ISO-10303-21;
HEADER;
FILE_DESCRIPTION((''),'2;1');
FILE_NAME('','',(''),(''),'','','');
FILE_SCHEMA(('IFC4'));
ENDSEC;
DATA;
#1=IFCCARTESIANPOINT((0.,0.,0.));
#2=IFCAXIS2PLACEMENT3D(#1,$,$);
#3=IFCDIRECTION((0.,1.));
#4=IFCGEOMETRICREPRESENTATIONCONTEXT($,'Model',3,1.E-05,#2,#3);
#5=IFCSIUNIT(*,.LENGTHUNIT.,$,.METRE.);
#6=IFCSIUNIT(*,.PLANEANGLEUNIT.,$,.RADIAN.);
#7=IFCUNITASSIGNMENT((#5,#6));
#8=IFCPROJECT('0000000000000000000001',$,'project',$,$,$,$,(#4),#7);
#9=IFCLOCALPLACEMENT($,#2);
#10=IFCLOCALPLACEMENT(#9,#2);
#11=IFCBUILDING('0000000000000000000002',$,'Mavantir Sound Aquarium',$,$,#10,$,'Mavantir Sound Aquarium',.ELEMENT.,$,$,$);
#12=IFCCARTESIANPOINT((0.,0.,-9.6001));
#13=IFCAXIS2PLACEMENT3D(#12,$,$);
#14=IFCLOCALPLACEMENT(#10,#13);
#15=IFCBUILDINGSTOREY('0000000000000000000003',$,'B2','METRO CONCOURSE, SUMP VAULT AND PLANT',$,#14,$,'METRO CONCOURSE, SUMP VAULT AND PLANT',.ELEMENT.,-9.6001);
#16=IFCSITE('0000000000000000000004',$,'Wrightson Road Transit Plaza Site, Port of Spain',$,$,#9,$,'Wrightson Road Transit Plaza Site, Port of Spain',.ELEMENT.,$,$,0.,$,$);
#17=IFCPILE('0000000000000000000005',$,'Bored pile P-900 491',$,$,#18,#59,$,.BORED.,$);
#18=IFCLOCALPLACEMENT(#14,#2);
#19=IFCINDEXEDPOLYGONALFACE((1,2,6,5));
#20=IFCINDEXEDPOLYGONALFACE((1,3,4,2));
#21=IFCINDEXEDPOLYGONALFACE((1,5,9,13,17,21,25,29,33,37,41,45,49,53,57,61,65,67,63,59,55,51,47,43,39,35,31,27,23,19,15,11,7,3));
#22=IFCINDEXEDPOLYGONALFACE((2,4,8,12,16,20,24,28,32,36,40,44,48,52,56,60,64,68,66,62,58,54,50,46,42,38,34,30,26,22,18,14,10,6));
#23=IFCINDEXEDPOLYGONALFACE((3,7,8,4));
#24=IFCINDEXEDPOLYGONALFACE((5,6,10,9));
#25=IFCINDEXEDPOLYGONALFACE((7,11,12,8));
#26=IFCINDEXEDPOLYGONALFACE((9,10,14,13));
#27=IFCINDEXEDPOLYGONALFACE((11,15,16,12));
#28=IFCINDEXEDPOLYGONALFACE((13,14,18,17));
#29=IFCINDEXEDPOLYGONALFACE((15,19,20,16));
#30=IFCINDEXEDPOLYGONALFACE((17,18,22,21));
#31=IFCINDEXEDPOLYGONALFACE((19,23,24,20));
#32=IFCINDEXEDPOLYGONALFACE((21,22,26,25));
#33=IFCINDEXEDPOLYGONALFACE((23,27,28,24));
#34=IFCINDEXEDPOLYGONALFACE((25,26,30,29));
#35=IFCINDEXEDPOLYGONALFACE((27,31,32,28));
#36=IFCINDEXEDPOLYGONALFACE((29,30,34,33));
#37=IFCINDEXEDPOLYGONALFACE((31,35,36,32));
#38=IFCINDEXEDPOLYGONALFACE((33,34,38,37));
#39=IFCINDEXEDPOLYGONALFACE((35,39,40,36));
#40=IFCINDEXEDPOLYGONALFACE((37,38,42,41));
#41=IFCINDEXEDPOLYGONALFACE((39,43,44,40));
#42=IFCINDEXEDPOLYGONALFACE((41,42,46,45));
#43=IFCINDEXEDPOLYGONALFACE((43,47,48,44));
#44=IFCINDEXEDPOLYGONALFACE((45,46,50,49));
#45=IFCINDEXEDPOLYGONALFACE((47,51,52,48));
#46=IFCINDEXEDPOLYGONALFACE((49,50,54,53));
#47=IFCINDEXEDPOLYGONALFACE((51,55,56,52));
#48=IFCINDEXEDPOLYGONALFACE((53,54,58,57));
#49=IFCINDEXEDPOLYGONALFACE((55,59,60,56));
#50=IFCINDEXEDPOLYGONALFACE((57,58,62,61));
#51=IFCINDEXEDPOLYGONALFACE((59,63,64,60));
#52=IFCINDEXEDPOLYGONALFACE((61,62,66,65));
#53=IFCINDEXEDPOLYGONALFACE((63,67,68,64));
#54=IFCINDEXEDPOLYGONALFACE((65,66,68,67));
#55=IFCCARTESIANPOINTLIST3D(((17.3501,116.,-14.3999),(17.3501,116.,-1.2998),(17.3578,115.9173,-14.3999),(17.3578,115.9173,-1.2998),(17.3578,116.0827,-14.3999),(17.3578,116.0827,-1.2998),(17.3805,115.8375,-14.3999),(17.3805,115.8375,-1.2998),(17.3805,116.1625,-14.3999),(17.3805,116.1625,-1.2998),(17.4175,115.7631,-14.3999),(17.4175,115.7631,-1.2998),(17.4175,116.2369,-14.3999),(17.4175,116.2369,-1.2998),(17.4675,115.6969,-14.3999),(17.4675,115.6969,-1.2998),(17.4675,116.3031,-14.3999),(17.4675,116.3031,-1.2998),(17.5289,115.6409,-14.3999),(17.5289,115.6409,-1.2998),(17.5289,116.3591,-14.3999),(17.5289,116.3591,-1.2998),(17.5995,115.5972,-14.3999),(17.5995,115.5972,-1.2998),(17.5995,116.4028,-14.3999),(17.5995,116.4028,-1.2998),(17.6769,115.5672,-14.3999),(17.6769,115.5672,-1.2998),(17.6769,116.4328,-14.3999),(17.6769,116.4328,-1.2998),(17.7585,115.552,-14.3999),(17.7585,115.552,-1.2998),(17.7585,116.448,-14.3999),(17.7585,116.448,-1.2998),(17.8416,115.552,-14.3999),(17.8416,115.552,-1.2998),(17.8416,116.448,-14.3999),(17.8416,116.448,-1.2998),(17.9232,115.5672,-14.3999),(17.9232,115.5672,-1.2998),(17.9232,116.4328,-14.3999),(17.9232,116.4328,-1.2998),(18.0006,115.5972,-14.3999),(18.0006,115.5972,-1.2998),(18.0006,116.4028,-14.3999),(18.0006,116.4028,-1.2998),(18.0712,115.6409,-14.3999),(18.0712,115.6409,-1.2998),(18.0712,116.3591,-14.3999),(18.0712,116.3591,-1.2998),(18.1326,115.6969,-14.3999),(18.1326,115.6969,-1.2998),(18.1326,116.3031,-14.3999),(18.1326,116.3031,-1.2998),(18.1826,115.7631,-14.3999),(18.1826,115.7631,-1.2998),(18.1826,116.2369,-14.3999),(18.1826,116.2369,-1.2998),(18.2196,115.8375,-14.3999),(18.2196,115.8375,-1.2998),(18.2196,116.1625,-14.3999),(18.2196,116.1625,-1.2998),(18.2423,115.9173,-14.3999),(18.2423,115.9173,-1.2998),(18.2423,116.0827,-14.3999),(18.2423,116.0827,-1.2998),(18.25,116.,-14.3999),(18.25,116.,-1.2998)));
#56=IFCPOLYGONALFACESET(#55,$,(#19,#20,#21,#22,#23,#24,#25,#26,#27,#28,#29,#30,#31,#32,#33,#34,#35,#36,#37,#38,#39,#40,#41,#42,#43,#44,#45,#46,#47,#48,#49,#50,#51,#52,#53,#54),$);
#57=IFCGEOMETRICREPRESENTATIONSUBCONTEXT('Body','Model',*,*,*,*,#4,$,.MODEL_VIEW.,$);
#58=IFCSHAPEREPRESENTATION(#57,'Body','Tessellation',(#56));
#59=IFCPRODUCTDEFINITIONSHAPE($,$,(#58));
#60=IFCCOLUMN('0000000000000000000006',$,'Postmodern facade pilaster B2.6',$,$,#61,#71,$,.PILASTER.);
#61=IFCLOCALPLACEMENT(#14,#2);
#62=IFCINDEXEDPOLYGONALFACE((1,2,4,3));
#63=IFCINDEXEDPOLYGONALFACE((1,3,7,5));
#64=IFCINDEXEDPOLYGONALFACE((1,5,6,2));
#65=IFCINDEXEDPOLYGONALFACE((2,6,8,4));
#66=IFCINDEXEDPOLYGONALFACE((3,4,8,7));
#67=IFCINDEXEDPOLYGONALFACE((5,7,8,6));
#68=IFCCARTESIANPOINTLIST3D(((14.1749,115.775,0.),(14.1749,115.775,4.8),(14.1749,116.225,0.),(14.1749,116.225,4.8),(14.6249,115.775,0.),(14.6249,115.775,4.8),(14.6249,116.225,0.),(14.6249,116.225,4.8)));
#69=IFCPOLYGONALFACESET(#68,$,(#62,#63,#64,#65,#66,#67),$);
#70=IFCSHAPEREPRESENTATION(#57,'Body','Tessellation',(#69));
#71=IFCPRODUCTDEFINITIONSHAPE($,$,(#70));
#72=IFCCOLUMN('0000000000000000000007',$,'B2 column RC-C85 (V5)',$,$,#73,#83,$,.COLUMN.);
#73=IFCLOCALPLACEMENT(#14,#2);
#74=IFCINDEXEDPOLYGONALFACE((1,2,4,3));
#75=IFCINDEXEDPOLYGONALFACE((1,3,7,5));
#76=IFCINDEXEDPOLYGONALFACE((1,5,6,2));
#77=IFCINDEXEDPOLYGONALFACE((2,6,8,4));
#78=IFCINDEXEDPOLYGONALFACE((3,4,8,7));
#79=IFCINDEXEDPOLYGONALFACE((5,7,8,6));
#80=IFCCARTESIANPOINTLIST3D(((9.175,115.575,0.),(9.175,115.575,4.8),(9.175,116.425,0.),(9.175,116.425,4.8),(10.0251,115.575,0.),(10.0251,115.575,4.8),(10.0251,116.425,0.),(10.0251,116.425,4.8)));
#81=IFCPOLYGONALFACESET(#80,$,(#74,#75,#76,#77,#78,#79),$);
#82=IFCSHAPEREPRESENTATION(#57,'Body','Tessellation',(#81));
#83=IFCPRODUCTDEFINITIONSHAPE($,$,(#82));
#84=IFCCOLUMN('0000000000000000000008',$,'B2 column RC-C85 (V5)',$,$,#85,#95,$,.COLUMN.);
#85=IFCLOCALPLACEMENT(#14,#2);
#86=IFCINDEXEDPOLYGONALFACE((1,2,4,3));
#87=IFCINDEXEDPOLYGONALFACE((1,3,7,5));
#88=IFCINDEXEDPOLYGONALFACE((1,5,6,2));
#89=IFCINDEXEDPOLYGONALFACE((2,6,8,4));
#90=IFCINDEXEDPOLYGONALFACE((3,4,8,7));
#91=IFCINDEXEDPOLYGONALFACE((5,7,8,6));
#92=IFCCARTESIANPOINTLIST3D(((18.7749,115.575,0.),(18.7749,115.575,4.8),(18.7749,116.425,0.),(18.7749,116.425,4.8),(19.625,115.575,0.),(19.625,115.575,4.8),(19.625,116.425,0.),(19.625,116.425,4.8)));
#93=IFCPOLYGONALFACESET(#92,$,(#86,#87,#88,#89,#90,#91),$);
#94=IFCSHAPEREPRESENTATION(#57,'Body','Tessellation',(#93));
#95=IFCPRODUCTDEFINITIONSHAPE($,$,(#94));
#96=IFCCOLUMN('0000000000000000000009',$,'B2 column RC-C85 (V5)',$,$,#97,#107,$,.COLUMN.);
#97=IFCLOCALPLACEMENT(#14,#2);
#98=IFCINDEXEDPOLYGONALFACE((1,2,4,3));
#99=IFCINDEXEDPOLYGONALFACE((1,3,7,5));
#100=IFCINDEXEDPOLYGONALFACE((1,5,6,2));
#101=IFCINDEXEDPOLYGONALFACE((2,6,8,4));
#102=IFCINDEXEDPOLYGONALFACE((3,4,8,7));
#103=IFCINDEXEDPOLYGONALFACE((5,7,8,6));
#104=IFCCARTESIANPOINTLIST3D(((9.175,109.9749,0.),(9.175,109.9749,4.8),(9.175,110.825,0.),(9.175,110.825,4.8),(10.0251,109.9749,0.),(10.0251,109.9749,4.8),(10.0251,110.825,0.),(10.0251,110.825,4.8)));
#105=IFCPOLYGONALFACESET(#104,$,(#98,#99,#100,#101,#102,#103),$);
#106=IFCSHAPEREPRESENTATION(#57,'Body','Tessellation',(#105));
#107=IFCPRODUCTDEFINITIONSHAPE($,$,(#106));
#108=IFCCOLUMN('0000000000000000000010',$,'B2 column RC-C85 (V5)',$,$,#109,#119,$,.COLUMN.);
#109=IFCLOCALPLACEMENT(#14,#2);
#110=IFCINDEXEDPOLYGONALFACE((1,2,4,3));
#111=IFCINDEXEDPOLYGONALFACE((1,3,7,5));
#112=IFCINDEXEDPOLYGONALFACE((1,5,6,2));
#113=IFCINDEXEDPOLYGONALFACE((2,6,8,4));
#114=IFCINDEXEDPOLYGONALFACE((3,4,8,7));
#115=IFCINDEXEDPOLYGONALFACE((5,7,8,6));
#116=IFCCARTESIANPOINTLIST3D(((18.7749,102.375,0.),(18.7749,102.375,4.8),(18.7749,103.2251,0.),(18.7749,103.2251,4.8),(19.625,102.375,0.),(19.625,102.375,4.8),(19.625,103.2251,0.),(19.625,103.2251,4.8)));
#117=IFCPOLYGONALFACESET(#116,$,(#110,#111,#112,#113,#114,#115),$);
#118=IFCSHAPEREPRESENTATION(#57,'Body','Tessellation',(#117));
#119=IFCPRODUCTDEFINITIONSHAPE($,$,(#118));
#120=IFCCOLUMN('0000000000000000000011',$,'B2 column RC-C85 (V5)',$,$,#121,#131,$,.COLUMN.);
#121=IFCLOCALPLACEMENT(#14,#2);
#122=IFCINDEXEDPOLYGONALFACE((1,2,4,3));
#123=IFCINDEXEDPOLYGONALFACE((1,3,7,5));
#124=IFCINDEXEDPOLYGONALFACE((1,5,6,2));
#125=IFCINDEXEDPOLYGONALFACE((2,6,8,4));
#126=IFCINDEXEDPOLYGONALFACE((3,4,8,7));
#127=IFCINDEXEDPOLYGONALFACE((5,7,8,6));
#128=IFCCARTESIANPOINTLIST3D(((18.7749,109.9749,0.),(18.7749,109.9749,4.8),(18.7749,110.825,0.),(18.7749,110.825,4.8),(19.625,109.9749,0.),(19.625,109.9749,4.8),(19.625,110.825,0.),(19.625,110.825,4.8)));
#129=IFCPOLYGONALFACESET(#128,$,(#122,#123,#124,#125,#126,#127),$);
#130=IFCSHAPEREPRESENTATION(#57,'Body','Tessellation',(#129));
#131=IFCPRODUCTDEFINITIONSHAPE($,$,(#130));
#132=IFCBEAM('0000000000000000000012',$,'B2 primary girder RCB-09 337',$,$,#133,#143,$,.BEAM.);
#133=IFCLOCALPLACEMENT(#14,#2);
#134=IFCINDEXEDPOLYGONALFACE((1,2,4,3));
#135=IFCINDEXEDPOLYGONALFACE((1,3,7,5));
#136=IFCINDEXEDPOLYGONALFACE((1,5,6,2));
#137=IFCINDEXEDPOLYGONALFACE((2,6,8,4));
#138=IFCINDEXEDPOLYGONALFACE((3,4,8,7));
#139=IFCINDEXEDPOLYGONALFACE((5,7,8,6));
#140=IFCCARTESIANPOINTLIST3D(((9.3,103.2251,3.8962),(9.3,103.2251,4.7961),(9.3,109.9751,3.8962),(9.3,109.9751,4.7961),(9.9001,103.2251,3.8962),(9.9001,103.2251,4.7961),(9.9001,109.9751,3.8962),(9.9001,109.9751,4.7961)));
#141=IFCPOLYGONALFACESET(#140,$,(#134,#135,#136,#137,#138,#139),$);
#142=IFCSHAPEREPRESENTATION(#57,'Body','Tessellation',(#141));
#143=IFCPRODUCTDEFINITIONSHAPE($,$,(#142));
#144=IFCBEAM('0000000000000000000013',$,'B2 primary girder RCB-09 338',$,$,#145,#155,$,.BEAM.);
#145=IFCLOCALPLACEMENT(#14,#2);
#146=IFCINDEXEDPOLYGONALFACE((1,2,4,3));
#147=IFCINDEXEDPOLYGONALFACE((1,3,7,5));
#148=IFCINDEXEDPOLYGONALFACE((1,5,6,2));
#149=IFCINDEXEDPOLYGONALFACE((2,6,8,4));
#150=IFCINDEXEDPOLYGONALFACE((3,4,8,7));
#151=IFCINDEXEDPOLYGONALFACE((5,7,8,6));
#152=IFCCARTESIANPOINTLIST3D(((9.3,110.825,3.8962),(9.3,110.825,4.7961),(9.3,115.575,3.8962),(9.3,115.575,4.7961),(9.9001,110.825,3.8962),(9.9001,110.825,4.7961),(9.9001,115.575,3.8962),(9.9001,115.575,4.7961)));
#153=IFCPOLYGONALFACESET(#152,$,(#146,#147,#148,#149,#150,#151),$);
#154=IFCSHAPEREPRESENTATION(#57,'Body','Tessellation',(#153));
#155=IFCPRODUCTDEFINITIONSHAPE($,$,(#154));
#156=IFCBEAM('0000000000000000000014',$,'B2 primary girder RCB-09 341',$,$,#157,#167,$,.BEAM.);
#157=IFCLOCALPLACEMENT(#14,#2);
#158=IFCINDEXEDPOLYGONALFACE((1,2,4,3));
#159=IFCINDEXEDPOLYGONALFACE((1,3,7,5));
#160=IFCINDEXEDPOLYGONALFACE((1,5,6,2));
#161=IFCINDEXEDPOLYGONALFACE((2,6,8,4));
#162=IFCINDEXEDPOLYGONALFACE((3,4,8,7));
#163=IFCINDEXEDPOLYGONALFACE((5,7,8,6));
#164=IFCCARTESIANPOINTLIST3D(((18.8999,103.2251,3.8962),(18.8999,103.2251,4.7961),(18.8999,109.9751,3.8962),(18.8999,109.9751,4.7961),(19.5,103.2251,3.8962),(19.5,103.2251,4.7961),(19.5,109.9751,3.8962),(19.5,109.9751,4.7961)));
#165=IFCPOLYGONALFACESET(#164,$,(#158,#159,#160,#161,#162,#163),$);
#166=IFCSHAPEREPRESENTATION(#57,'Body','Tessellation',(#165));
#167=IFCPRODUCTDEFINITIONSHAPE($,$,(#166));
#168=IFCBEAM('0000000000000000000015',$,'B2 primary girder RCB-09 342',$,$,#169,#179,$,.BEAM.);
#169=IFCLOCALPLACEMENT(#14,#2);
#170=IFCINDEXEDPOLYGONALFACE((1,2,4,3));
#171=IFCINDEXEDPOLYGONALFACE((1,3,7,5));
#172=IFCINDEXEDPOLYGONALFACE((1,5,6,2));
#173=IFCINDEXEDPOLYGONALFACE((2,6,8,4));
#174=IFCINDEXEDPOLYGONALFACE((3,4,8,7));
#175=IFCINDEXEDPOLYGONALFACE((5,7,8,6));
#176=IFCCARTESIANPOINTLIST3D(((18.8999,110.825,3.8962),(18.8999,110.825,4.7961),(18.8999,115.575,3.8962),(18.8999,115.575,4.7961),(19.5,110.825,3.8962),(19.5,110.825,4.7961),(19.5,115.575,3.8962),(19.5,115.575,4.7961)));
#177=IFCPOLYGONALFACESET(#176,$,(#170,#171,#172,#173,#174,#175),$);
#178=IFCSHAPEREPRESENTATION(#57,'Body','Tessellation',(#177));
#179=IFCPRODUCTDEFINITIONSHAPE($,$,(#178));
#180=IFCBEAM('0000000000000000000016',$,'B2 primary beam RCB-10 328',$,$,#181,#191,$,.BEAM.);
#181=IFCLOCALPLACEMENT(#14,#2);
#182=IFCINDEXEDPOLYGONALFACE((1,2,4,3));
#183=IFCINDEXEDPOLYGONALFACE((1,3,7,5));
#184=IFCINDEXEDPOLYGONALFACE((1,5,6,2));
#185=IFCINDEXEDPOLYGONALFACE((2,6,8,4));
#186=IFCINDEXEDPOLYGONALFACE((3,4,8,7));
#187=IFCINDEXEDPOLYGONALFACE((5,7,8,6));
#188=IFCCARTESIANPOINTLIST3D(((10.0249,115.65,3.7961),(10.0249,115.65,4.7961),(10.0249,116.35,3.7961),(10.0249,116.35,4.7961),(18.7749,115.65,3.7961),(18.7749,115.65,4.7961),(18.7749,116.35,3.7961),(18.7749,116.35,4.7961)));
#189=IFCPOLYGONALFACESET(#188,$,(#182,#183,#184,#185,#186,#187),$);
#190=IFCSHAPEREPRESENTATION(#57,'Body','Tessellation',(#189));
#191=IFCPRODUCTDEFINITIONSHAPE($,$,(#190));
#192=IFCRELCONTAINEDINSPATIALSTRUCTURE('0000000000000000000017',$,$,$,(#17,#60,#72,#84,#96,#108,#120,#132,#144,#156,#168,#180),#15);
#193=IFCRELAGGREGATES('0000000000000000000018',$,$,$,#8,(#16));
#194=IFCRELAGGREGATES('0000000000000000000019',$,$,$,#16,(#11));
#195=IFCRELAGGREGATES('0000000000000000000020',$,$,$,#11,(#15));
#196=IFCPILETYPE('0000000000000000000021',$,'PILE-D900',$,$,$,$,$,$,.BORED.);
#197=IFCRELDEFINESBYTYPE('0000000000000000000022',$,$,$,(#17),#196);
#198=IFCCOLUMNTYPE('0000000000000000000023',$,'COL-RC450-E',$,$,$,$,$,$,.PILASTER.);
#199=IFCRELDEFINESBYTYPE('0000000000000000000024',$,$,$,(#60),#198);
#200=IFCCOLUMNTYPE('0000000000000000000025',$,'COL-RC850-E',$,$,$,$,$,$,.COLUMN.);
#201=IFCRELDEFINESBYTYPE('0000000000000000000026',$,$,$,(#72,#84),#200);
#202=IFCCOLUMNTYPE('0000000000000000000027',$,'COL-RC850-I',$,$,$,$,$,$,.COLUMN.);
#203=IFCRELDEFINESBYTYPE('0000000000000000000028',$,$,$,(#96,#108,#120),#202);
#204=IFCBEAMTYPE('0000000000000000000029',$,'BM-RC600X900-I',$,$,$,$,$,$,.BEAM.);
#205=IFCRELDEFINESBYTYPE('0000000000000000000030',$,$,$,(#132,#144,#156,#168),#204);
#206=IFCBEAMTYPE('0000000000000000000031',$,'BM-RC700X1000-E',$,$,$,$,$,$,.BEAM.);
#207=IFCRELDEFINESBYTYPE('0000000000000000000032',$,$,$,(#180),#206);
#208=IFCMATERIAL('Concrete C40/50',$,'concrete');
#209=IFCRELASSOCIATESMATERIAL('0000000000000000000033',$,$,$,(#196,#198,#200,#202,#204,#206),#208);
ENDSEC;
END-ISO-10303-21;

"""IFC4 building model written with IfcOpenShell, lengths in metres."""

from ifc_helpers import new_model, si_unit, direction, frame, origin, origin_2d, place, context, subcontext, project, spatial, rectangle, circle, extrude, material, material_profile, profile_set, type_object, element, save


model = new_model("IFC4")

# Units and contexts
model_context = context("Model", 3, precision=1e-05, world=origin(), true_north=direction((0.0, 1.0)))
body_context = subcontext(model_context, "Body", "Model", "MODEL_VIEW")
ifc_project = project(units=[si_unit("LENGTHUNIT", "METRE"), si_unit("PLANEANGLEUNIT", "RADIAN")], contexts=[model_context])

# Site, building, storey
site_placement = place(None, origin())
site = spatial("IfcSite", under=ifc_project, at=site_placement, Name="Wrightson Road Transit Plaza Site, Port of Spain", LongName="Wrightson Road Transit Plaza Site, Port of Spain", CompositionType="ELEMENT", RefElevation=0.0)
building_placement = place(site_placement, origin())
building = spatial("IfcBuilding", under=site, at=building_placement, Name="Mavantir Sound Aquarium", LongName="Mavantir Sound Aquarium", CompositionType="ELEMENT")
storey_placement = place(building_placement, frame((0.0, 0.0, -9.6001)))
storey = spatial("IfcBuildingStorey", under=building, at=storey_placement, Name="B2", Description="METRO CONCOURSE, SUMP VAULT AND PLANT", LongName="METRO CONCOURSE, SUMP VAULT AND PLANT", CompositionType="ELEMENT", Elevation=-9.6001)

# Shared definitions
ifc_material_1 = material(Name="Concrete C40/50", Category="concrete")

# Pile
ifc_material_profile_1 = material_profile(ifc_material_1, circle(Radius=0.45, at=origin_2d()), Name="PILE D900")
ifc_profile_set_1 = profile_set([ifc_material_profile_1], Name="Concrete C40/50")
pile_type = type_object("IfcPileType", Name="PILE-D900", PredefinedType="BORED", material=ifc_profile_set_1)
pile_1_placement = place(storey_placement, frame((17.8, 116.0, -1.2998), z_axis=(0.0, 0.0, -1.0), x_axis=(1.0, 0.0, 0.0)))
element("IfcPile", 1, at=pile_1_placement, inside=storey, type_object=pile_type, Name="Bored pile P-900 491", PredefinedType="BORED", context=body_context, shape_type="SweptSolid", body=[
    extrude(circle(Radius=0.45, at=origin_2d()), origin(), (0.0, 0.0, 1.0), 13.1001),
])

# Columns
ifc_material_profile_2 = material_profile(ifc_material_1, rectangle(XDim=0.45, YDim=0.45, at=origin_2d()), Name="RC 450X450")
ifc_profile_set_2 = profile_set([ifc_material_profile_2], Name="Concrete C40/50")
column_type_1 = type_object("IfcColumnType", Name="COL-RC450-E", PredefinedType="PILASTER", material=ifc_profile_set_2)
column_placement = place(storey_placement, frame((14.3999, 116.0, 0.0), z_axis=(0.0, 0.0, 1.0), x_axis=(1.0, 0.0, 0.0)))
element("IfcColumn", 2, at=column_placement, inside=storey, type_object=column_type_1, Name="Postmodern facade pilaster B2.6", PredefinedType="PILASTER", context=body_context, shape_type="SweptSolid", body=[
    extrude(rectangle(XDim=0.45, YDim=0.45, at=origin_2d()), origin(), (0.0, 0.0, 1.0), 4.8),
])
ifc_material_profile_3 = material_profile(ifc_material_1, rectangle(XDim=0.8501, YDim=0.8501, at=origin_2d()), Name="RC 850X850")
ifc_profile_set_3 = profile_set([ifc_material_profile_3], Name="Concrete C40/50")
column_type_2 = type_object("IfcColumnType", Name="COL-RC850-E", PredefinedType="COLUMN", material=ifc_profile_set_3)
for number, where, z_axis, x_axis, name in (
    (3, (9.6001, 116.0, 0.0), (0.0, 0.0, 1.0), (1.0, 0.0, 0.0), "B2 column RC-C85 (V5)"),
    (4, (19.2, 116.0, 0.0), (0.0, 0.0, 1.0), (1.0, 0.0, 0.0), "B2 column RC-C85 (V5)"),
):
    element("IfcColumn", number, at=place(storey_placement, frame(where, z_axis=z_axis, x_axis=x_axis)), inside=storey, type_object=column_type_2, Name=name, PredefinedType="COLUMN", context=body_context, shape_type="SweptSolid", body=[
        extrude(rectangle(XDim=0.8501, YDim=0.8501, at=origin_2d()), origin(), (0.0, 0.0, 1.0), 4.8),
    ])
ifc_material_profile_4 = material_profile(ifc_material_1, rectangle(XDim=0.8501, YDim=0.8501, at=origin_2d()), Name="RC 850X850")
ifc_profile_set_4 = profile_set([ifc_material_profile_4], Name="Concrete C40/50")
column_type_3 = type_object("IfcColumnType", Name="COL-RC850-I", PredefinedType="COLUMN", material=ifc_profile_set_4)
for number, where, z_axis, x_axis, name in (
    (5, (9.6001, 110.3999, 0.0), (0.0, 0.0, 1.0), (1.0, 0.0, 0.0), "B2 column RC-C85 (V5)"),
    (6, (19.2, 102.8, 0.0), (0.0, 0.0, 1.0), (1.0, 0.0, 0.0), "B2 column RC-C85 (V5)"),
    (7, (19.2, 110.3999, 0.0), (0.0, 0.0, 1.0), (1.0, 0.0, 0.0), "B2 column RC-C85 (V5)"),
):
    element("IfcColumn", number, at=place(storey_placement, frame(where, z_axis=z_axis, x_axis=x_axis)), inside=storey, type_object=column_type_3, Name=name, PredefinedType="COLUMN", context=body_context, shape_type="SweptSolid", body=[
        extrude(rectangle(XDim=0.8501, YDim=0.8501, at=origin_2d()), origin(), (0.0, 0.0, 1.0), 4.8),
    ])

# Beams
ifc_material_profile_5 = material_profile(ifc_material_1, rectangle(XDim=0.6001, YDim=0.8999, at=origin_2d()), Name="RC 600X900")
ifc_profile_set_5 = profile_set([ifc_material_profile_5], Name="Concrete C40/50")
beam_type_1 = type_object("IfcBeamType", Name="BM-RC600X900-I", PredefinedType="BEAM", material=ifc_profile_set_5)
beam_1_placement = place(storey_placement, frame((9.6001, 103.2251, 4.3462), z_axis=(0.0, 1.0, 0.0), x_axis=(-1.0, 0.0, 0.0)))
element("IfcBeam", 8, at=beam_1_placement, inside=storey, type_object=beam_type_1, Name="B2 primary girder RCB-09 337", PredefinedType="BEAM", context=body_context, shape_type="SweptSolid", body=[
    extrude(rectangle(XDim=0.6001, YDim=0.8999, at=origin_2d()), origin(), (0.0, 0.0, 1.0), 6.75),
])
beam_2_placement = place(storey_placement, frame((9.6001, 110.825, 4.3462), z_axis=(0.0, 1.0, 0.0), x_axis=(-1.0, 0.0, 0.0)))
element("IfcBeam", 9, at=beam_2_placement, inside=storey, type_object=beam_type_1, Name="B2 primary girder RCB-09 338", PredefinedType="BEAM", context=body_context, shape_type="SweptSolid", body=[
    extrude(rectangle(XDim=0.6001, YDim=0.8999, at=origin_2d()), origin(), (0.0, 0.0, 1.0), 4.75),
])
beam_3_placement = place(storey_placement, frame((19.2, 103.2251, 4.3462), z_axis=(0.0, 1.0, 0.0), x_axis=(-1.0, 0.0, 0.0)))
element("IfcBeam", 10, at=beam_3_placement, inside=storey, type_object=beam_type_1, Name="B2 primary girder RCB-09 341", PredefinedType="BEAM", context=body_context, shape_type="SweptSolid", body=[
    extrude(rectangle(XDim=0.6001, YDim=0.8999, at=origin_2d()), origin(), (0.0, 0.0, 1.0), 6.75),
])
beam_4_placement = place(storey_placement, frame((19.2, 110.825, 4.3462), z_axis=(0.0, 1.0, 0.0), x_axis=(-1.0, 0.0, 0.0)))
element("IfcBeam", 11, at=beam_4_placement, inside=storey, type_object=beam_type_1, Name="B2 primary girder RCB-09 342", PredefinedType="BEAM", context=body_context, shape_type="SweptSolid", body=[
    extrude(rectangle(XDim=0.6001, YDim=0.8999, at=origin_2d()), origin(), (0.0, 0.0, 1.0), 4.75),
])
ifc_material_profile_6 = material_profile(ifc_material_1, rectangle(XDim=0.7, YDim=1.0, at=origin_2d()), Name="RC 700X1000")
ifc_profile_set_6 = profile_set([ifc_material_profile_6], Name="Concrete C40/50")
beam_type_2 = type_object("IfcBeamType", Name="BM-RC700X1000-E", PredefinedType="BEAM", material=ifc_profile_set_6)
for number, where, z_axis, x_axis, name in (
    (12, (10.0249, 116.0, 4.2961), (1.0, 0.0, 0.0), (0.0, 1.0, 0.0), "B2 primary beam RCB-10 328"),
):
    element("IfcBeam", number, at=place(storey_placement, frame(where, z_axis=z_axis, x_axis=x_axis)), inside=storey, type_object=beam_type_2, Name=name, PredefinedType="BEAM", context=body_context, shape_type="SweptSolid", body=[
        extrude(rectangle(XDim=0.7, YDim=1.0, at=origin_2d()), origin(), (0.0, 0.0, 1.0), 8.75),
    ])

save(model, "model.ifc")
